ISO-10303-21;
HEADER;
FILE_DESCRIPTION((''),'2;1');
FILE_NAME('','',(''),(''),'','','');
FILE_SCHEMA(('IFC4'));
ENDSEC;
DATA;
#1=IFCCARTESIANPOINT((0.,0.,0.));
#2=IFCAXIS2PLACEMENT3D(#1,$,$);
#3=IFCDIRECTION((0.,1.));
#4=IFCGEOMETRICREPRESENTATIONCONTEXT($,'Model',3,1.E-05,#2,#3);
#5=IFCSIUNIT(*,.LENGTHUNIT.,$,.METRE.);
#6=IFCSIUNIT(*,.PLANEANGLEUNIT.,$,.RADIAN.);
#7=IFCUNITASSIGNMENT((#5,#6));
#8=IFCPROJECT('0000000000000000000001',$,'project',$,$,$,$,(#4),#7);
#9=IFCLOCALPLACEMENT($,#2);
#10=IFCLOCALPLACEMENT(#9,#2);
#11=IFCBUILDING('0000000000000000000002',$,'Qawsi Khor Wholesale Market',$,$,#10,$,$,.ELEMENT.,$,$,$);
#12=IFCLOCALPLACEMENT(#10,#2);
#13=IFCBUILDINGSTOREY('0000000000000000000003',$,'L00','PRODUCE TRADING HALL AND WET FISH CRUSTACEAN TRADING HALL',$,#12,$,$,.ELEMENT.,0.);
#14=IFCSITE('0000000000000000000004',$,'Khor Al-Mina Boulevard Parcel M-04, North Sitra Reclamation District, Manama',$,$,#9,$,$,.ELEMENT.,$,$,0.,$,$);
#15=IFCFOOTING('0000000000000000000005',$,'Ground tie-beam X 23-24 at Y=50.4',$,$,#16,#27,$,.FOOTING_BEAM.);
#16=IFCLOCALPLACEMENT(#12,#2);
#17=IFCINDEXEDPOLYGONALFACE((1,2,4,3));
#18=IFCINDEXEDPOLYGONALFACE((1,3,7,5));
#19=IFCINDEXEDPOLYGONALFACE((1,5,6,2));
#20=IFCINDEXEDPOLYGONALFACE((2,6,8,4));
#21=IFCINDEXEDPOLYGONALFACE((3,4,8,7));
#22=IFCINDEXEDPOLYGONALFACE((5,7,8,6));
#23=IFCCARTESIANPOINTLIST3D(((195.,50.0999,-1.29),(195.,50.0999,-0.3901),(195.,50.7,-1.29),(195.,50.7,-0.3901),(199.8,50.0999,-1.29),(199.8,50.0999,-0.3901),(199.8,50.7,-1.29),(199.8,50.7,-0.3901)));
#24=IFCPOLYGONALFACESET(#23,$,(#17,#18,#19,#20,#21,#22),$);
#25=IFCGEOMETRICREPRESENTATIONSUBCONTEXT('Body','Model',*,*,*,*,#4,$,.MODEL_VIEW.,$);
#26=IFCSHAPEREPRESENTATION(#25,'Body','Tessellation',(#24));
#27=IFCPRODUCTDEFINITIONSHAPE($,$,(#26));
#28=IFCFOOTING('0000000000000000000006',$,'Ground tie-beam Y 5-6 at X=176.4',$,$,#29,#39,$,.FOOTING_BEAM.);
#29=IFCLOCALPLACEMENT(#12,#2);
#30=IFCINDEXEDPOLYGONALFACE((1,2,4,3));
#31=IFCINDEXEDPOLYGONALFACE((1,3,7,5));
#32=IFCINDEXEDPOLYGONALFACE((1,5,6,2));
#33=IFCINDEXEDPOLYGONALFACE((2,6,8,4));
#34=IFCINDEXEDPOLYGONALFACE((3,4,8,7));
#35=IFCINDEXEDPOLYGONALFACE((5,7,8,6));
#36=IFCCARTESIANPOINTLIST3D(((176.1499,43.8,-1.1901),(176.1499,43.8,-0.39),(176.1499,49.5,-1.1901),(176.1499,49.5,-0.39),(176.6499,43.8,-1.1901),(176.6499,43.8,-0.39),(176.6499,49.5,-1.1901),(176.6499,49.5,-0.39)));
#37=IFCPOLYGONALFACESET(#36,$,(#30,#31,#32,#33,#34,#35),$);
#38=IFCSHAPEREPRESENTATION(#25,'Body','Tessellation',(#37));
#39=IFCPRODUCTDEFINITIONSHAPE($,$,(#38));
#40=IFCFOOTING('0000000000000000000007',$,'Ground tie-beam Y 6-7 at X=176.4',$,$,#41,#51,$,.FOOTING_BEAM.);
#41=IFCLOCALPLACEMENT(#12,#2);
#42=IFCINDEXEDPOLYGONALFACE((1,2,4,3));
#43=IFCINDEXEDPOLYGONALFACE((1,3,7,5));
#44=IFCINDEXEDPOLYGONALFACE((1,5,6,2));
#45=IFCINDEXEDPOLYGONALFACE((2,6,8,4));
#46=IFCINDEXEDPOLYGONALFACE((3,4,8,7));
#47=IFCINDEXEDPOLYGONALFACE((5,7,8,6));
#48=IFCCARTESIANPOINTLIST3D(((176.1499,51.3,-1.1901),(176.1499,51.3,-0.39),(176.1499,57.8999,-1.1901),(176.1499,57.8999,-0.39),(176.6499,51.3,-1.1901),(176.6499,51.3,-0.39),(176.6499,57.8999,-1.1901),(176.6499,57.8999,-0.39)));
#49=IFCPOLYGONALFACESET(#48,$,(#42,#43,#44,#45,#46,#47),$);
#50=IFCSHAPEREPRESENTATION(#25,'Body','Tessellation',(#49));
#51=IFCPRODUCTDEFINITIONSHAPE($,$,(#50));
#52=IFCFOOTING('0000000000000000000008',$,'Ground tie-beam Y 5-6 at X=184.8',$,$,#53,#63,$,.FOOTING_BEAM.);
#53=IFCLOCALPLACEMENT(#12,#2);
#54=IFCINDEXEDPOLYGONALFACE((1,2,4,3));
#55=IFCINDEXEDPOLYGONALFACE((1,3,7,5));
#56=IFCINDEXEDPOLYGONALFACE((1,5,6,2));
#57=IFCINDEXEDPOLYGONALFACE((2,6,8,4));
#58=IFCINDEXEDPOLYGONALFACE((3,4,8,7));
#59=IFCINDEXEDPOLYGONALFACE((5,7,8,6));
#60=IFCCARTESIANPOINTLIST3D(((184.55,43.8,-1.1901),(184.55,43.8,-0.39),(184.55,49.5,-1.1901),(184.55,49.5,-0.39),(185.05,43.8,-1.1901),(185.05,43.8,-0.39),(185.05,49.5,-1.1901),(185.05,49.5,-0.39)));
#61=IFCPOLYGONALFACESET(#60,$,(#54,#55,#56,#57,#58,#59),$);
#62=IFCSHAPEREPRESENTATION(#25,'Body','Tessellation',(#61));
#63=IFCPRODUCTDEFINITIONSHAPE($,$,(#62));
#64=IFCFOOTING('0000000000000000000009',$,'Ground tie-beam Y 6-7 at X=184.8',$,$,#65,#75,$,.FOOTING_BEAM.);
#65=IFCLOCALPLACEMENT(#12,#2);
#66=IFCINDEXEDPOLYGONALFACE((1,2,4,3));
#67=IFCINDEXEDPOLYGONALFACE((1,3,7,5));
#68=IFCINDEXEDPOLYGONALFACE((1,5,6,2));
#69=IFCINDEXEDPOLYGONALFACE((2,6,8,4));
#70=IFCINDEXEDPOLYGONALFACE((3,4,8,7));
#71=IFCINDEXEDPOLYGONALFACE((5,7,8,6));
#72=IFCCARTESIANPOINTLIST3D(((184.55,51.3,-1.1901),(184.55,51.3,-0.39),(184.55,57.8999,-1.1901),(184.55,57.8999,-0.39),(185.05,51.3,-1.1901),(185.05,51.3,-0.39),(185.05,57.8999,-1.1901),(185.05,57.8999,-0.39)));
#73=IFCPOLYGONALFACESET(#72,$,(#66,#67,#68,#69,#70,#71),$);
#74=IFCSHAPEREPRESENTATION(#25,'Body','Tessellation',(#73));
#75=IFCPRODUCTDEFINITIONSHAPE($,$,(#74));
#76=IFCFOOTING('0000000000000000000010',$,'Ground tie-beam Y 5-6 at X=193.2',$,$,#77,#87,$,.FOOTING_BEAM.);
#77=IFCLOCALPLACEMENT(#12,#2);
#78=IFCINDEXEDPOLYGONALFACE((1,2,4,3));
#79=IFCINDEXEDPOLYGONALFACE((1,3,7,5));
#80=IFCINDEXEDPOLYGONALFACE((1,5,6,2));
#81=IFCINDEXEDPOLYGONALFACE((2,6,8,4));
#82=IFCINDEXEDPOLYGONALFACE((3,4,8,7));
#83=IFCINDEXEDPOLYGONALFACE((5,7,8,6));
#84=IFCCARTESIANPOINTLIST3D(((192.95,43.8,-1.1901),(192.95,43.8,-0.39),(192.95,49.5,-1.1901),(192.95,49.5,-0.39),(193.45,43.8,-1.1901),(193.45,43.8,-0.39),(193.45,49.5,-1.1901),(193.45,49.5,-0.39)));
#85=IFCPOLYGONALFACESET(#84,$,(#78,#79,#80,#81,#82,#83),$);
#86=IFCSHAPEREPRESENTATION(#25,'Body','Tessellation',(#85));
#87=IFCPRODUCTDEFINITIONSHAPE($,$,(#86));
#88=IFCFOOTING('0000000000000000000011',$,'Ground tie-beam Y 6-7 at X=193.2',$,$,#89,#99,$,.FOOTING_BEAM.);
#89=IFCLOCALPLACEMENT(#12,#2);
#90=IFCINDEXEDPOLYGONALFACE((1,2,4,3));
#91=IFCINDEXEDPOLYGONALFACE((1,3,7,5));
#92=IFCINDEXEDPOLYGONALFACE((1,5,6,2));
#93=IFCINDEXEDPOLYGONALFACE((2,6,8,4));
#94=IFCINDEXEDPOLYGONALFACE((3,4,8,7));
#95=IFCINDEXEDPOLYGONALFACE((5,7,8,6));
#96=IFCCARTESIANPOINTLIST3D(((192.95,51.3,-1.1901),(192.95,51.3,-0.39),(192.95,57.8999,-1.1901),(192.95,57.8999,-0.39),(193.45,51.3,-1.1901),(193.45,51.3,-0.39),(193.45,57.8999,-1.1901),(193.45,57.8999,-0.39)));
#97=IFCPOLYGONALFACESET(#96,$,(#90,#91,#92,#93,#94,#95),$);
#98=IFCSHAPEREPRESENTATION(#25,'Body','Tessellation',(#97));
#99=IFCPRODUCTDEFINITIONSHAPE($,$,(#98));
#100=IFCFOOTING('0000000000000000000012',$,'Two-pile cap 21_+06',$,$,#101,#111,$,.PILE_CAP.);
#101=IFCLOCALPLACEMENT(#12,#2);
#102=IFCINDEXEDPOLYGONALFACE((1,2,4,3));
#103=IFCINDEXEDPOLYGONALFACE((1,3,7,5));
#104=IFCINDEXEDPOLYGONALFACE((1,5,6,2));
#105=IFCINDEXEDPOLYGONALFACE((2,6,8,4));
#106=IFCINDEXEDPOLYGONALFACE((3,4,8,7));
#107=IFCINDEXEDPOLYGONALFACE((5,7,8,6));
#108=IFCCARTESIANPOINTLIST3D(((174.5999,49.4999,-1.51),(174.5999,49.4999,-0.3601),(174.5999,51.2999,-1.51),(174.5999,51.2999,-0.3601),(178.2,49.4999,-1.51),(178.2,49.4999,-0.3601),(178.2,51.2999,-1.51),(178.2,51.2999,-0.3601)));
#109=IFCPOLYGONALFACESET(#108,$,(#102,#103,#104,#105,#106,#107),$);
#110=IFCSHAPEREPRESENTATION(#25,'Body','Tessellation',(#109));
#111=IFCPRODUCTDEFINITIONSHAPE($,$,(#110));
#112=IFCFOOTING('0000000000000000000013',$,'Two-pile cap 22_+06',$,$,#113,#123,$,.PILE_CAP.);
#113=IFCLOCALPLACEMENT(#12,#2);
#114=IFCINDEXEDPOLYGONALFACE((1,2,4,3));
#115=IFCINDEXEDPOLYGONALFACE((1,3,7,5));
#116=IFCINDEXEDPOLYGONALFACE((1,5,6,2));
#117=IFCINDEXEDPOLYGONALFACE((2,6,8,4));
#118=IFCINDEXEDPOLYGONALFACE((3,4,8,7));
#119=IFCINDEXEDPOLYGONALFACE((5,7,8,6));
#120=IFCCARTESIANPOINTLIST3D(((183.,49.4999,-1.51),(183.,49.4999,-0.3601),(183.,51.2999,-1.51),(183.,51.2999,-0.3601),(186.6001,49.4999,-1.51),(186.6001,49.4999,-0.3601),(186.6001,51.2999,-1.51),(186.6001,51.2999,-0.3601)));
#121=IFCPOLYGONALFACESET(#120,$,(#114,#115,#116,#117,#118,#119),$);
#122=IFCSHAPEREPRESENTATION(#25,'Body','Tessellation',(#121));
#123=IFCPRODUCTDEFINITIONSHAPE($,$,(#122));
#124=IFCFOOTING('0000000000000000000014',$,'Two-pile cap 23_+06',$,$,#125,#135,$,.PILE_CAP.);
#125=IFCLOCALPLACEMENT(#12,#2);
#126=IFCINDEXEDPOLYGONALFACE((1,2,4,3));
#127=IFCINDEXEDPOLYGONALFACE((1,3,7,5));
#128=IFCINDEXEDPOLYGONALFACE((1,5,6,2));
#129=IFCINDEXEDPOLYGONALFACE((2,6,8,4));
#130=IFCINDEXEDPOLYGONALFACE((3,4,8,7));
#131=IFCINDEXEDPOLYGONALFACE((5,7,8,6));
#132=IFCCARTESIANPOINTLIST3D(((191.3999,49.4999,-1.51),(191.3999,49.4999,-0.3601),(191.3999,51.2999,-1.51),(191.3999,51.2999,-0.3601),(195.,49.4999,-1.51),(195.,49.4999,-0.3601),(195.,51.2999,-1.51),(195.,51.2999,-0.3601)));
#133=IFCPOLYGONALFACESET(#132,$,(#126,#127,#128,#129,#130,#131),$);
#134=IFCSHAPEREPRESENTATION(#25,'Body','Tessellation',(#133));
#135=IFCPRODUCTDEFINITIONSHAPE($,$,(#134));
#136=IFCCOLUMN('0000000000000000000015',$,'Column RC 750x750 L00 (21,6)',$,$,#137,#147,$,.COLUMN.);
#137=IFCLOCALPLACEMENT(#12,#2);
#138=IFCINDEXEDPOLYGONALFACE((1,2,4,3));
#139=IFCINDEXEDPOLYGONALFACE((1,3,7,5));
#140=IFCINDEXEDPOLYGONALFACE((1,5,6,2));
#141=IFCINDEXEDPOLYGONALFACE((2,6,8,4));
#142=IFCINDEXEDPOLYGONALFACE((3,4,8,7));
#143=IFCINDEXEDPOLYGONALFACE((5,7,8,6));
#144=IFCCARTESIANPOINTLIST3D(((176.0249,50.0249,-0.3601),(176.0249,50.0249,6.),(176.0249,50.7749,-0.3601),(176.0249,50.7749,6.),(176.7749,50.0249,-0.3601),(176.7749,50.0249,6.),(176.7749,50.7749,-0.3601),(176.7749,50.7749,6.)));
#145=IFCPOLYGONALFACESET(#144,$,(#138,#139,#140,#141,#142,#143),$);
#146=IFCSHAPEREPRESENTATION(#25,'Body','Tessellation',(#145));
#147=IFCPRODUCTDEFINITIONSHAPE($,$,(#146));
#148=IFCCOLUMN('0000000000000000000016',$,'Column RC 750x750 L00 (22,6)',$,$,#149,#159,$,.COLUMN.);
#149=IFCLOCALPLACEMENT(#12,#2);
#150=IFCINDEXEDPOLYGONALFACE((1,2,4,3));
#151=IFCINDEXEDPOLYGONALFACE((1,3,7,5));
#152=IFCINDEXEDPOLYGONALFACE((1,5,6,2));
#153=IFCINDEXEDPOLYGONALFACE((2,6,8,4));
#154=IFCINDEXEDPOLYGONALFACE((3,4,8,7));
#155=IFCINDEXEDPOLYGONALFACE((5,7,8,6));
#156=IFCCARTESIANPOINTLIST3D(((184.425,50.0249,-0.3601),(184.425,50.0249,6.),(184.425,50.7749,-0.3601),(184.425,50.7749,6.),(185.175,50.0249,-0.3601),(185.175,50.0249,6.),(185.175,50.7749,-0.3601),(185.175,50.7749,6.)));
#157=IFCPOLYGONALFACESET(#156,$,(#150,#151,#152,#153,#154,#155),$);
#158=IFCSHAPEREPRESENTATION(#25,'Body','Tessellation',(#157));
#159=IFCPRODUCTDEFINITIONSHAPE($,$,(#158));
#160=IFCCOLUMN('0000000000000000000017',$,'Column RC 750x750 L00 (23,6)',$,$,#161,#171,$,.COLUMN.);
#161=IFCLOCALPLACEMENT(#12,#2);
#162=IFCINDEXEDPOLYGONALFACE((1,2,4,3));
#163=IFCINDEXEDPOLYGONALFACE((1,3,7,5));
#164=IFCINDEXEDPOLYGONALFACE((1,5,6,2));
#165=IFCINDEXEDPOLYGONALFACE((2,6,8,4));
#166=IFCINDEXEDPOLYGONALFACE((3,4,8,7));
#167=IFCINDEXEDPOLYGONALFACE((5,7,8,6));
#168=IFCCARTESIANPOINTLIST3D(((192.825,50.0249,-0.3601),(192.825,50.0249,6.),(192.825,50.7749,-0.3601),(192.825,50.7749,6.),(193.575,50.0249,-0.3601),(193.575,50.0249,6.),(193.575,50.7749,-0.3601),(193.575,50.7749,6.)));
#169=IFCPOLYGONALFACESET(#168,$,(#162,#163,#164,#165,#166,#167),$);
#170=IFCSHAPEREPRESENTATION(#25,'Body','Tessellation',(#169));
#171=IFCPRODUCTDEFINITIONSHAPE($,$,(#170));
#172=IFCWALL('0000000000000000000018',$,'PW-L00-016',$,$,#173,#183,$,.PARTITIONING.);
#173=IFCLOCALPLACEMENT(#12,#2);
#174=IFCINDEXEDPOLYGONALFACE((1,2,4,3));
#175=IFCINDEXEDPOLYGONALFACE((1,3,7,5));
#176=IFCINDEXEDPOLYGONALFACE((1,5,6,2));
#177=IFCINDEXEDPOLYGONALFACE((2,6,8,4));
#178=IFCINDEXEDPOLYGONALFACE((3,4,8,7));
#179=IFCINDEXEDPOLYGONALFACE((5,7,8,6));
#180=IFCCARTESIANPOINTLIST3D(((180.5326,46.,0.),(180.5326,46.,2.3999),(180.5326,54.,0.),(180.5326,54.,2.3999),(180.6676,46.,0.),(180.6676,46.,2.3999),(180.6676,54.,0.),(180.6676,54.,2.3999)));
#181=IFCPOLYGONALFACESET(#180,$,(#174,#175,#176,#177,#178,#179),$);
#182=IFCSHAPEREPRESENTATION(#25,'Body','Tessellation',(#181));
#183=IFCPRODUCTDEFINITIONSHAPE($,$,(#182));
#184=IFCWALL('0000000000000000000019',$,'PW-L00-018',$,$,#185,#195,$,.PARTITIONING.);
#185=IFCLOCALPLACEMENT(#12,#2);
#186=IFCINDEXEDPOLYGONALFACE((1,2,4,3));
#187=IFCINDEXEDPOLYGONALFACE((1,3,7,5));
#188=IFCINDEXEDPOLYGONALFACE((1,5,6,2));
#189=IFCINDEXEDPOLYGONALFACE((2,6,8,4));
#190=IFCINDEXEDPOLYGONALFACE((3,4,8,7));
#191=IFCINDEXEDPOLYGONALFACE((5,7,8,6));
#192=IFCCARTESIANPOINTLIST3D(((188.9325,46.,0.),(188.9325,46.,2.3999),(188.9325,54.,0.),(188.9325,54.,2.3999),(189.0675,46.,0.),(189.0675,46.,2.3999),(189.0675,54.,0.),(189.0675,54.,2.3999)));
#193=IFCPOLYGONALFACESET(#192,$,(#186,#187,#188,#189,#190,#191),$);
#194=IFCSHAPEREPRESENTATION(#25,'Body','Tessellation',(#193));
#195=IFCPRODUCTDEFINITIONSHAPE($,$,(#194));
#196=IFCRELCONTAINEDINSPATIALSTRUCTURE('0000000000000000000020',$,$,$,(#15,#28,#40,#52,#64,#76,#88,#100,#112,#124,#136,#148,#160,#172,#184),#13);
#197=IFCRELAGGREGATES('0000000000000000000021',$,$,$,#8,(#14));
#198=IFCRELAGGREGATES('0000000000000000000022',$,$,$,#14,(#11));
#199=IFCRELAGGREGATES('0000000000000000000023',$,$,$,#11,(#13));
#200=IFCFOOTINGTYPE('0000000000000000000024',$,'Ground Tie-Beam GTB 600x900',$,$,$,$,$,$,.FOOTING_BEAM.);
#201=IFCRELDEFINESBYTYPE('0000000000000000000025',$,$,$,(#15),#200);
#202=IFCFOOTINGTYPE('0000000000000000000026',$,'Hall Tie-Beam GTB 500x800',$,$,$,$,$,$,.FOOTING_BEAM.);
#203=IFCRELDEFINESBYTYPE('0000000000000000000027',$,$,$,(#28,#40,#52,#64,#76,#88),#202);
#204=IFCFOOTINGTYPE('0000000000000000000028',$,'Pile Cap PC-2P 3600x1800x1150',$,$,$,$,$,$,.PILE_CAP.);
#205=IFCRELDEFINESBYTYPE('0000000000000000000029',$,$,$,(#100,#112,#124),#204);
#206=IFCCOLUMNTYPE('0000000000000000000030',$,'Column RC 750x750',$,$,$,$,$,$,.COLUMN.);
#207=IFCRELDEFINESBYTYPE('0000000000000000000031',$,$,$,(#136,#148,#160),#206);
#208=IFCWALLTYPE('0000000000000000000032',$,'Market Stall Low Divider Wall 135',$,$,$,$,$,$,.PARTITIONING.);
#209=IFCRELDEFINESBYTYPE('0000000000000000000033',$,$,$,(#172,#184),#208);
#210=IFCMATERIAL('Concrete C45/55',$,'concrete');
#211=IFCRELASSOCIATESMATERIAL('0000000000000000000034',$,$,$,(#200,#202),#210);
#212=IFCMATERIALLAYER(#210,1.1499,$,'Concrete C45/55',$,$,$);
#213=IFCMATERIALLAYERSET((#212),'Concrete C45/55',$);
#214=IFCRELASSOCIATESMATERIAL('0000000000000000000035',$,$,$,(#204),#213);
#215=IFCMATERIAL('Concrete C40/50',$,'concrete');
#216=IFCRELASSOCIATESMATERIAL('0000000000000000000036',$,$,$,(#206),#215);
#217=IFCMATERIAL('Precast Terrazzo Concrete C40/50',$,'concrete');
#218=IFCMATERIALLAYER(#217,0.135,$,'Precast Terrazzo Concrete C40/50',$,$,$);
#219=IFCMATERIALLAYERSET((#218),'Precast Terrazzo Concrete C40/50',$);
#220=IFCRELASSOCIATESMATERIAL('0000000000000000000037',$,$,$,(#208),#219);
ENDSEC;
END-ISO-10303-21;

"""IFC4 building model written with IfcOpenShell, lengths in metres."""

from ifc_helpers import new_model, si_unit, direction, frame, frame_2d, origin, origin_2d, place, context, subcontext, project, spatial, rectangle, extrude, material, layer, layer_set, material_profile, profile_set, type_object, element, save


model = new_model("IFC4")

# Units and contexts
model_context = context("Model", 3, precision=1e-05, world=origin(), true_north=direction((0.0, 1.0)))
body_context = subcontext(model_context, "Body", "Model", "MODEL_VIEW")
ifc_project = project(units=[si_unit("LENGTHUNIT", "METRE"), si_unit("PLANEANGLEUNIT", "RADIAN")], contexts=[model_context])

# Site, building, storey
site_placement = place(None, origin())
site = spatial("IfcSite", under=ifc_project, at=site_placement, Name="Khor Al-Mina Boulevard Parcel M-04, North Sitra Reclamation District, Manama", CompositionType="ELEMENT", RefElevation=0.0)
building_placement = place(site_placement, origin())
building = spatial("IfcBuilding", under=site, at=building_placement, Name="Qawsi Khor Wholesale Market", CompositionType="ELEMENT")
storey_placement = place(building_placement, origin())
storey = spatial("IfcBuildingStorey", under=building, at=storey_placement, Name="L00", Description="PRODUCE TRADING HALL AND WET FISH CRUSTACEAN TRADING HALL", CompositionType="ELEMENT", Elevation=0.0)

# Shared definitions
ifc_material_1 = material(Name="Concrete C45/55", Category="concrete")

# Footings
ifc_material_profile_1 = material_profile(ifc_material_1, rectangle(XDim=0.6001, YDim=0.8999, at=origin_2d()), Name="RC 600x900")
ifc_profile_set_1 = profile_set([ifc_material_profile_1], Name="Concrete C45/55")
footing_type_1 = type_object("IfcFootingType", Name="Ground Tie-Beam GTB 600x900", PredefinedType="FOOTING_BEAM", material=ifc_profile_set_1)
footing_1_placement = place(storey_placement, frame((195.0, 50.3999, -0.8401), z_axis=(1.0, 0.0, 0.0), x_axis=(0.0, 1.0, 0.0)))
element("IfcFooting", 1, at=footing_1_placement, inside=storey, type_object=footing_type_1, Name="Ground tie-beam X 23-24 at Y=50.4", PredefinedType="FOOTING_BEAM", context=body_context, shape_type="SweptSolid", body=[
    extrude(rectangle(XDim=0.6001, YDim=0.8999, at=origin_2d()), origin(), (0.0, 0.0, 1.0), 4.8),
])
ifc_material_profile_2 = material_profile(ifc_material_1, rectangle(XDim=0.5, YDim=0.8, at=origin_2d()), Name="RC 500x800")
ifc_profile_set_2 = profile_set([ifc_material_profile_2], Name="Concrete C45/55")
footing_type_2 = type_object("IfcFootingType", Name="Hall Tie-Beam GTB 500x800", PredefinedType="FOOTING_BEAM", material=ifc_profile_set_2)
footing_2_placement = place(storey_placement, frame((176.3999, 43.8, -0.79), z_axis=(0.0, 1.0, 0.0), x_axis=(-1.0, 0.0, 0.0)))
element("IfcFooting", 2, at=footing_2_placement, inside=storey, type_object=footing_type_2, Name="Ground tie-beam Y 5-6 at X=176.4", PredefinedType="FOOTING_BEAM", context=body_context, shape_type="SweptSolid", body=[
    extrude(rectangle(XDim=0.5, YDim=0.8, at=origin_2d()), origin(), (0.0, 0.0, 1.0), 5.7),
])
footing_3_placement = place(storey_placement, frame((176.3999, 51.3, -0.79), z_axis=(0.0, 1.0, 0.0), x_axis=(-1.0, 0.0, 0.0)))
element("IfcFooting", 3, at=footing_3_placement, inside=storey, type_object=footing_type_2, Name="Ground tie-beam Y 6-7 at X=176.4", PredefinedType="FOOTING_BEAM", context=body_context, shape_type="SweptSolid", body=[
    extrude(rectangle(XDim=0.5, YDim=0.8, at=origin_2d()), origin(), (0.0, 0.0, 1.0), 6.5999),
])
footing_4_placement = place(storey_placement, frame((184.8, 43.8, -0.79), z_axis=(0.0, 1.0, 0.0), x_axis=(-1.0, 0.0, 0.0)))
element("IfcFooting", 4, at=footing_4_placement, inside=storey, type_object=footing_type_2, Name="Ground tie-beam Y 5-6 at X=184.8", PredefinedType="FOOTING_BEAM", context=body_context, shape_type="SweptSolid", body=[
    extrude(rectangle(XDim=0.5, YDim=0.8, at=origin_2d()), origin(), (0.0, 0.0, 1.0), 5.7),
])
footing_5_placement = place(storey_placement, frame((184.8, 51.3, -0.79), z_axis=(0.0, 1.0, 0.0), x_axis=(-1.0, 0.0, 0.0)))
element("IfcFooting", 5, at=footing_5_placement, inside=storey, type_object=footing_type_2, Name="Ground tie-beam Y 6-7 at X=184.8", PredefinedType="FOOTING_BEAM", context=body_context, shape_type="SweptSolid", body=[
    extrude(rectangle(XDim=0.5, YDim=0.8, at=origin_2d()), origin(), (0.0, 0.0, 1.0), 6.5999),
])
footing_6_placement = place(storey_placement, frame((193.2, 43.8, -0.79), z_axis=(0.0, 1.0, 0.0), x_axis=(-1.0, 0.0, 0.0)))
element("IfcFooting", 6, at=footing_6_placement, inside=storey, type_object=footing_type_2, Name="Ground tie-beam Y 5-6 at X=193.2", PredefinedType="FOOTING_BEAM", context=body_context, shape_type="SweptSolid", body=[
    extrude(rectangle(XDim=0.5, YDim=0.8, at=origin_2d()), origin(), (0.0, 0.0, 1.0), 5.7),
])
footing_7_placement = place(storey_placement, frame((193.2, 51.3, -0.79), z_axis=(0.0, 1.0, 0.0), x_axis=(-1.0, 0.0, 0.0)))
element("IfcFooting", 7, at=footing_7_placement, inside=storey, type_object=footing_type_2, Name="Ground tie-beam Y 6-7 at X=193.2", PredefinedType="FOOTING_BEAM", context=body_context, shape_type="SweptSolid", body=[
    extrude(rectangle(XDim=0.5, YDim=0.8, at=origin_2d()), origin(), (0.0, 0.0, 1.0), 6.5999),
])
ifc_layer_1 = layer(ifc_material_1, 1.1499, Name="Concrete C45/55")
ifc_layer_set_1 = layer_set([ifc_layer_1], Name="Concrete C45/55")
footing_type_3 = type_object("IfcFootingType", Name="Pile Cap PC-2P 3600x1800x1150", PredefinedType="PILE_CAP", material=ifc_layer_set_1)
for number, where, z_axis, x_axis, name in (
    (8, (176.3999, 50.3999, -1.51), (0.0, 0.0, 1.0), (1.0, 0.0, 0.0), "Two-pile cap 21_+06"),
    (9, (184.8, 50.3999, -1.51), (0.0, 0.0, 1.0), (1.0, 0.0, 0.0), "Two-pile cap 22_+06"),
    (10, (193.2, 50.3999, -1.51), (0.0, 0.0, 1.0), (1.0, 0.0, 0.0), "Two-pile cap 23_+06"),
):
    element("IfcFooting", number, at=place(storey_placement, frame(where, z_axis=z_axis, x_axis=x_axis)), inside=storey, type_object=footing_type_3, Name=name, PredefinedType="PILE_CAP", context=body_context, shape_type="SweptSolid", body=[
        extrude(rectangle(XDim=3.6001, YDim=1.8, at=origin_2d()), origin(), (0.0, 0.0, 1.0), 1.1499),
    ])

# Columns
ifc_material_2 = material(Name="Concrete C40/50", Category="concrete")
ifc_material_profile_3 = material_profile(ifc_material_2, rectangle(XDim=0.75, YDim=0.75, at=origin_2d()), Name="RC 750x750")
ifc_profile_set_3 = profile_set([ifc_material_profile_3], Name="Concrete C40/50")
column_type = type_object("IfcColumnType", Name="Column RC 750x750", PredefinedType="COLUMN", material=ifc_profile_set_3)
for number, where, z_axis, x_axis, name in (
    (11, (176.3999, 50.3999, -0.3601), (0.0, 0.0, 1.0), (1.0, 0.0, 0.0), "Column RC 750x750 L00 (21,6)"),
    (12, (184.8, 50.3999, -0.3601), (0.0, 0.0, 1.0), (1.0, 0.0, 0.0), "Column RC 750x750 L00 (22,6)"),
    (13, (193.2, 50.3999, -0.3601), (0.0, 0.0, 1.0), (1.0, 0.0, 0.0), "Column RC 750x750 L00 (23,6)"),
):
    element("IfcColumn", number, at=place(storey_placement, frame(where, z_axis=z_axis, x_axis=x_axis)), inside=storey, type_object=column_type, Name=name, PredefinedType="COLUMN", context=body_context, shape_type="SweptSolid", body=[
        extrude(rectangle(XDim=0.75, YDim=0.75, at=origin_2d()), origin(), (0.0, 0.0, 1.0), 6.3601),
    ])

# Walls
ifc_material_3 = material(Name="Precast Terrazzo Concrete C40/50", Category="concrete")
ifc_layer_2 = layer(ifc_material_3, 0.135, Name="Precast Terrazzo Concrete C40/50")
ifc_layer_set_2 = layer_set([ifc_layer_2], Name="Precast Terrazzo Concrete C40/50")
wall_type = type_object("IfcWallType", Name="Market Stall Low Divider Wall 135", PredefinedType="PARTITIONING", material=ifc_layer_set_2)
for number, where, z_axis, x_axis, name in (
    (14, (180.6001, 46.0, 0.0), (0.0, 0.0, 1.0), (0.0, 1.0, 0.0), "PW-L00-016"),
    (15, (189.0, 46.0, 0.0), (0.0, 0.0, 1.0), (0.0, 1.0, 0.0), "PW-L00-018"),
):
    element("IfcWall", number, at=place(storey_placement, frame(where, z_axis=z_axis, x_axis=x_axis)), inside=storey, type_object=wall_type, Name=name, PredefinedType="PARTITIONING", context=body_context, shape_type="SweptSolid", body=[
        extrude(rectangle(XDim=8.0, YDim=0.135, at=frame_2d((4.0, 0.0))), origin(), (0.0, 0.0, 1.0), 2.3999),
    ])

save(model, "model.ifc")
